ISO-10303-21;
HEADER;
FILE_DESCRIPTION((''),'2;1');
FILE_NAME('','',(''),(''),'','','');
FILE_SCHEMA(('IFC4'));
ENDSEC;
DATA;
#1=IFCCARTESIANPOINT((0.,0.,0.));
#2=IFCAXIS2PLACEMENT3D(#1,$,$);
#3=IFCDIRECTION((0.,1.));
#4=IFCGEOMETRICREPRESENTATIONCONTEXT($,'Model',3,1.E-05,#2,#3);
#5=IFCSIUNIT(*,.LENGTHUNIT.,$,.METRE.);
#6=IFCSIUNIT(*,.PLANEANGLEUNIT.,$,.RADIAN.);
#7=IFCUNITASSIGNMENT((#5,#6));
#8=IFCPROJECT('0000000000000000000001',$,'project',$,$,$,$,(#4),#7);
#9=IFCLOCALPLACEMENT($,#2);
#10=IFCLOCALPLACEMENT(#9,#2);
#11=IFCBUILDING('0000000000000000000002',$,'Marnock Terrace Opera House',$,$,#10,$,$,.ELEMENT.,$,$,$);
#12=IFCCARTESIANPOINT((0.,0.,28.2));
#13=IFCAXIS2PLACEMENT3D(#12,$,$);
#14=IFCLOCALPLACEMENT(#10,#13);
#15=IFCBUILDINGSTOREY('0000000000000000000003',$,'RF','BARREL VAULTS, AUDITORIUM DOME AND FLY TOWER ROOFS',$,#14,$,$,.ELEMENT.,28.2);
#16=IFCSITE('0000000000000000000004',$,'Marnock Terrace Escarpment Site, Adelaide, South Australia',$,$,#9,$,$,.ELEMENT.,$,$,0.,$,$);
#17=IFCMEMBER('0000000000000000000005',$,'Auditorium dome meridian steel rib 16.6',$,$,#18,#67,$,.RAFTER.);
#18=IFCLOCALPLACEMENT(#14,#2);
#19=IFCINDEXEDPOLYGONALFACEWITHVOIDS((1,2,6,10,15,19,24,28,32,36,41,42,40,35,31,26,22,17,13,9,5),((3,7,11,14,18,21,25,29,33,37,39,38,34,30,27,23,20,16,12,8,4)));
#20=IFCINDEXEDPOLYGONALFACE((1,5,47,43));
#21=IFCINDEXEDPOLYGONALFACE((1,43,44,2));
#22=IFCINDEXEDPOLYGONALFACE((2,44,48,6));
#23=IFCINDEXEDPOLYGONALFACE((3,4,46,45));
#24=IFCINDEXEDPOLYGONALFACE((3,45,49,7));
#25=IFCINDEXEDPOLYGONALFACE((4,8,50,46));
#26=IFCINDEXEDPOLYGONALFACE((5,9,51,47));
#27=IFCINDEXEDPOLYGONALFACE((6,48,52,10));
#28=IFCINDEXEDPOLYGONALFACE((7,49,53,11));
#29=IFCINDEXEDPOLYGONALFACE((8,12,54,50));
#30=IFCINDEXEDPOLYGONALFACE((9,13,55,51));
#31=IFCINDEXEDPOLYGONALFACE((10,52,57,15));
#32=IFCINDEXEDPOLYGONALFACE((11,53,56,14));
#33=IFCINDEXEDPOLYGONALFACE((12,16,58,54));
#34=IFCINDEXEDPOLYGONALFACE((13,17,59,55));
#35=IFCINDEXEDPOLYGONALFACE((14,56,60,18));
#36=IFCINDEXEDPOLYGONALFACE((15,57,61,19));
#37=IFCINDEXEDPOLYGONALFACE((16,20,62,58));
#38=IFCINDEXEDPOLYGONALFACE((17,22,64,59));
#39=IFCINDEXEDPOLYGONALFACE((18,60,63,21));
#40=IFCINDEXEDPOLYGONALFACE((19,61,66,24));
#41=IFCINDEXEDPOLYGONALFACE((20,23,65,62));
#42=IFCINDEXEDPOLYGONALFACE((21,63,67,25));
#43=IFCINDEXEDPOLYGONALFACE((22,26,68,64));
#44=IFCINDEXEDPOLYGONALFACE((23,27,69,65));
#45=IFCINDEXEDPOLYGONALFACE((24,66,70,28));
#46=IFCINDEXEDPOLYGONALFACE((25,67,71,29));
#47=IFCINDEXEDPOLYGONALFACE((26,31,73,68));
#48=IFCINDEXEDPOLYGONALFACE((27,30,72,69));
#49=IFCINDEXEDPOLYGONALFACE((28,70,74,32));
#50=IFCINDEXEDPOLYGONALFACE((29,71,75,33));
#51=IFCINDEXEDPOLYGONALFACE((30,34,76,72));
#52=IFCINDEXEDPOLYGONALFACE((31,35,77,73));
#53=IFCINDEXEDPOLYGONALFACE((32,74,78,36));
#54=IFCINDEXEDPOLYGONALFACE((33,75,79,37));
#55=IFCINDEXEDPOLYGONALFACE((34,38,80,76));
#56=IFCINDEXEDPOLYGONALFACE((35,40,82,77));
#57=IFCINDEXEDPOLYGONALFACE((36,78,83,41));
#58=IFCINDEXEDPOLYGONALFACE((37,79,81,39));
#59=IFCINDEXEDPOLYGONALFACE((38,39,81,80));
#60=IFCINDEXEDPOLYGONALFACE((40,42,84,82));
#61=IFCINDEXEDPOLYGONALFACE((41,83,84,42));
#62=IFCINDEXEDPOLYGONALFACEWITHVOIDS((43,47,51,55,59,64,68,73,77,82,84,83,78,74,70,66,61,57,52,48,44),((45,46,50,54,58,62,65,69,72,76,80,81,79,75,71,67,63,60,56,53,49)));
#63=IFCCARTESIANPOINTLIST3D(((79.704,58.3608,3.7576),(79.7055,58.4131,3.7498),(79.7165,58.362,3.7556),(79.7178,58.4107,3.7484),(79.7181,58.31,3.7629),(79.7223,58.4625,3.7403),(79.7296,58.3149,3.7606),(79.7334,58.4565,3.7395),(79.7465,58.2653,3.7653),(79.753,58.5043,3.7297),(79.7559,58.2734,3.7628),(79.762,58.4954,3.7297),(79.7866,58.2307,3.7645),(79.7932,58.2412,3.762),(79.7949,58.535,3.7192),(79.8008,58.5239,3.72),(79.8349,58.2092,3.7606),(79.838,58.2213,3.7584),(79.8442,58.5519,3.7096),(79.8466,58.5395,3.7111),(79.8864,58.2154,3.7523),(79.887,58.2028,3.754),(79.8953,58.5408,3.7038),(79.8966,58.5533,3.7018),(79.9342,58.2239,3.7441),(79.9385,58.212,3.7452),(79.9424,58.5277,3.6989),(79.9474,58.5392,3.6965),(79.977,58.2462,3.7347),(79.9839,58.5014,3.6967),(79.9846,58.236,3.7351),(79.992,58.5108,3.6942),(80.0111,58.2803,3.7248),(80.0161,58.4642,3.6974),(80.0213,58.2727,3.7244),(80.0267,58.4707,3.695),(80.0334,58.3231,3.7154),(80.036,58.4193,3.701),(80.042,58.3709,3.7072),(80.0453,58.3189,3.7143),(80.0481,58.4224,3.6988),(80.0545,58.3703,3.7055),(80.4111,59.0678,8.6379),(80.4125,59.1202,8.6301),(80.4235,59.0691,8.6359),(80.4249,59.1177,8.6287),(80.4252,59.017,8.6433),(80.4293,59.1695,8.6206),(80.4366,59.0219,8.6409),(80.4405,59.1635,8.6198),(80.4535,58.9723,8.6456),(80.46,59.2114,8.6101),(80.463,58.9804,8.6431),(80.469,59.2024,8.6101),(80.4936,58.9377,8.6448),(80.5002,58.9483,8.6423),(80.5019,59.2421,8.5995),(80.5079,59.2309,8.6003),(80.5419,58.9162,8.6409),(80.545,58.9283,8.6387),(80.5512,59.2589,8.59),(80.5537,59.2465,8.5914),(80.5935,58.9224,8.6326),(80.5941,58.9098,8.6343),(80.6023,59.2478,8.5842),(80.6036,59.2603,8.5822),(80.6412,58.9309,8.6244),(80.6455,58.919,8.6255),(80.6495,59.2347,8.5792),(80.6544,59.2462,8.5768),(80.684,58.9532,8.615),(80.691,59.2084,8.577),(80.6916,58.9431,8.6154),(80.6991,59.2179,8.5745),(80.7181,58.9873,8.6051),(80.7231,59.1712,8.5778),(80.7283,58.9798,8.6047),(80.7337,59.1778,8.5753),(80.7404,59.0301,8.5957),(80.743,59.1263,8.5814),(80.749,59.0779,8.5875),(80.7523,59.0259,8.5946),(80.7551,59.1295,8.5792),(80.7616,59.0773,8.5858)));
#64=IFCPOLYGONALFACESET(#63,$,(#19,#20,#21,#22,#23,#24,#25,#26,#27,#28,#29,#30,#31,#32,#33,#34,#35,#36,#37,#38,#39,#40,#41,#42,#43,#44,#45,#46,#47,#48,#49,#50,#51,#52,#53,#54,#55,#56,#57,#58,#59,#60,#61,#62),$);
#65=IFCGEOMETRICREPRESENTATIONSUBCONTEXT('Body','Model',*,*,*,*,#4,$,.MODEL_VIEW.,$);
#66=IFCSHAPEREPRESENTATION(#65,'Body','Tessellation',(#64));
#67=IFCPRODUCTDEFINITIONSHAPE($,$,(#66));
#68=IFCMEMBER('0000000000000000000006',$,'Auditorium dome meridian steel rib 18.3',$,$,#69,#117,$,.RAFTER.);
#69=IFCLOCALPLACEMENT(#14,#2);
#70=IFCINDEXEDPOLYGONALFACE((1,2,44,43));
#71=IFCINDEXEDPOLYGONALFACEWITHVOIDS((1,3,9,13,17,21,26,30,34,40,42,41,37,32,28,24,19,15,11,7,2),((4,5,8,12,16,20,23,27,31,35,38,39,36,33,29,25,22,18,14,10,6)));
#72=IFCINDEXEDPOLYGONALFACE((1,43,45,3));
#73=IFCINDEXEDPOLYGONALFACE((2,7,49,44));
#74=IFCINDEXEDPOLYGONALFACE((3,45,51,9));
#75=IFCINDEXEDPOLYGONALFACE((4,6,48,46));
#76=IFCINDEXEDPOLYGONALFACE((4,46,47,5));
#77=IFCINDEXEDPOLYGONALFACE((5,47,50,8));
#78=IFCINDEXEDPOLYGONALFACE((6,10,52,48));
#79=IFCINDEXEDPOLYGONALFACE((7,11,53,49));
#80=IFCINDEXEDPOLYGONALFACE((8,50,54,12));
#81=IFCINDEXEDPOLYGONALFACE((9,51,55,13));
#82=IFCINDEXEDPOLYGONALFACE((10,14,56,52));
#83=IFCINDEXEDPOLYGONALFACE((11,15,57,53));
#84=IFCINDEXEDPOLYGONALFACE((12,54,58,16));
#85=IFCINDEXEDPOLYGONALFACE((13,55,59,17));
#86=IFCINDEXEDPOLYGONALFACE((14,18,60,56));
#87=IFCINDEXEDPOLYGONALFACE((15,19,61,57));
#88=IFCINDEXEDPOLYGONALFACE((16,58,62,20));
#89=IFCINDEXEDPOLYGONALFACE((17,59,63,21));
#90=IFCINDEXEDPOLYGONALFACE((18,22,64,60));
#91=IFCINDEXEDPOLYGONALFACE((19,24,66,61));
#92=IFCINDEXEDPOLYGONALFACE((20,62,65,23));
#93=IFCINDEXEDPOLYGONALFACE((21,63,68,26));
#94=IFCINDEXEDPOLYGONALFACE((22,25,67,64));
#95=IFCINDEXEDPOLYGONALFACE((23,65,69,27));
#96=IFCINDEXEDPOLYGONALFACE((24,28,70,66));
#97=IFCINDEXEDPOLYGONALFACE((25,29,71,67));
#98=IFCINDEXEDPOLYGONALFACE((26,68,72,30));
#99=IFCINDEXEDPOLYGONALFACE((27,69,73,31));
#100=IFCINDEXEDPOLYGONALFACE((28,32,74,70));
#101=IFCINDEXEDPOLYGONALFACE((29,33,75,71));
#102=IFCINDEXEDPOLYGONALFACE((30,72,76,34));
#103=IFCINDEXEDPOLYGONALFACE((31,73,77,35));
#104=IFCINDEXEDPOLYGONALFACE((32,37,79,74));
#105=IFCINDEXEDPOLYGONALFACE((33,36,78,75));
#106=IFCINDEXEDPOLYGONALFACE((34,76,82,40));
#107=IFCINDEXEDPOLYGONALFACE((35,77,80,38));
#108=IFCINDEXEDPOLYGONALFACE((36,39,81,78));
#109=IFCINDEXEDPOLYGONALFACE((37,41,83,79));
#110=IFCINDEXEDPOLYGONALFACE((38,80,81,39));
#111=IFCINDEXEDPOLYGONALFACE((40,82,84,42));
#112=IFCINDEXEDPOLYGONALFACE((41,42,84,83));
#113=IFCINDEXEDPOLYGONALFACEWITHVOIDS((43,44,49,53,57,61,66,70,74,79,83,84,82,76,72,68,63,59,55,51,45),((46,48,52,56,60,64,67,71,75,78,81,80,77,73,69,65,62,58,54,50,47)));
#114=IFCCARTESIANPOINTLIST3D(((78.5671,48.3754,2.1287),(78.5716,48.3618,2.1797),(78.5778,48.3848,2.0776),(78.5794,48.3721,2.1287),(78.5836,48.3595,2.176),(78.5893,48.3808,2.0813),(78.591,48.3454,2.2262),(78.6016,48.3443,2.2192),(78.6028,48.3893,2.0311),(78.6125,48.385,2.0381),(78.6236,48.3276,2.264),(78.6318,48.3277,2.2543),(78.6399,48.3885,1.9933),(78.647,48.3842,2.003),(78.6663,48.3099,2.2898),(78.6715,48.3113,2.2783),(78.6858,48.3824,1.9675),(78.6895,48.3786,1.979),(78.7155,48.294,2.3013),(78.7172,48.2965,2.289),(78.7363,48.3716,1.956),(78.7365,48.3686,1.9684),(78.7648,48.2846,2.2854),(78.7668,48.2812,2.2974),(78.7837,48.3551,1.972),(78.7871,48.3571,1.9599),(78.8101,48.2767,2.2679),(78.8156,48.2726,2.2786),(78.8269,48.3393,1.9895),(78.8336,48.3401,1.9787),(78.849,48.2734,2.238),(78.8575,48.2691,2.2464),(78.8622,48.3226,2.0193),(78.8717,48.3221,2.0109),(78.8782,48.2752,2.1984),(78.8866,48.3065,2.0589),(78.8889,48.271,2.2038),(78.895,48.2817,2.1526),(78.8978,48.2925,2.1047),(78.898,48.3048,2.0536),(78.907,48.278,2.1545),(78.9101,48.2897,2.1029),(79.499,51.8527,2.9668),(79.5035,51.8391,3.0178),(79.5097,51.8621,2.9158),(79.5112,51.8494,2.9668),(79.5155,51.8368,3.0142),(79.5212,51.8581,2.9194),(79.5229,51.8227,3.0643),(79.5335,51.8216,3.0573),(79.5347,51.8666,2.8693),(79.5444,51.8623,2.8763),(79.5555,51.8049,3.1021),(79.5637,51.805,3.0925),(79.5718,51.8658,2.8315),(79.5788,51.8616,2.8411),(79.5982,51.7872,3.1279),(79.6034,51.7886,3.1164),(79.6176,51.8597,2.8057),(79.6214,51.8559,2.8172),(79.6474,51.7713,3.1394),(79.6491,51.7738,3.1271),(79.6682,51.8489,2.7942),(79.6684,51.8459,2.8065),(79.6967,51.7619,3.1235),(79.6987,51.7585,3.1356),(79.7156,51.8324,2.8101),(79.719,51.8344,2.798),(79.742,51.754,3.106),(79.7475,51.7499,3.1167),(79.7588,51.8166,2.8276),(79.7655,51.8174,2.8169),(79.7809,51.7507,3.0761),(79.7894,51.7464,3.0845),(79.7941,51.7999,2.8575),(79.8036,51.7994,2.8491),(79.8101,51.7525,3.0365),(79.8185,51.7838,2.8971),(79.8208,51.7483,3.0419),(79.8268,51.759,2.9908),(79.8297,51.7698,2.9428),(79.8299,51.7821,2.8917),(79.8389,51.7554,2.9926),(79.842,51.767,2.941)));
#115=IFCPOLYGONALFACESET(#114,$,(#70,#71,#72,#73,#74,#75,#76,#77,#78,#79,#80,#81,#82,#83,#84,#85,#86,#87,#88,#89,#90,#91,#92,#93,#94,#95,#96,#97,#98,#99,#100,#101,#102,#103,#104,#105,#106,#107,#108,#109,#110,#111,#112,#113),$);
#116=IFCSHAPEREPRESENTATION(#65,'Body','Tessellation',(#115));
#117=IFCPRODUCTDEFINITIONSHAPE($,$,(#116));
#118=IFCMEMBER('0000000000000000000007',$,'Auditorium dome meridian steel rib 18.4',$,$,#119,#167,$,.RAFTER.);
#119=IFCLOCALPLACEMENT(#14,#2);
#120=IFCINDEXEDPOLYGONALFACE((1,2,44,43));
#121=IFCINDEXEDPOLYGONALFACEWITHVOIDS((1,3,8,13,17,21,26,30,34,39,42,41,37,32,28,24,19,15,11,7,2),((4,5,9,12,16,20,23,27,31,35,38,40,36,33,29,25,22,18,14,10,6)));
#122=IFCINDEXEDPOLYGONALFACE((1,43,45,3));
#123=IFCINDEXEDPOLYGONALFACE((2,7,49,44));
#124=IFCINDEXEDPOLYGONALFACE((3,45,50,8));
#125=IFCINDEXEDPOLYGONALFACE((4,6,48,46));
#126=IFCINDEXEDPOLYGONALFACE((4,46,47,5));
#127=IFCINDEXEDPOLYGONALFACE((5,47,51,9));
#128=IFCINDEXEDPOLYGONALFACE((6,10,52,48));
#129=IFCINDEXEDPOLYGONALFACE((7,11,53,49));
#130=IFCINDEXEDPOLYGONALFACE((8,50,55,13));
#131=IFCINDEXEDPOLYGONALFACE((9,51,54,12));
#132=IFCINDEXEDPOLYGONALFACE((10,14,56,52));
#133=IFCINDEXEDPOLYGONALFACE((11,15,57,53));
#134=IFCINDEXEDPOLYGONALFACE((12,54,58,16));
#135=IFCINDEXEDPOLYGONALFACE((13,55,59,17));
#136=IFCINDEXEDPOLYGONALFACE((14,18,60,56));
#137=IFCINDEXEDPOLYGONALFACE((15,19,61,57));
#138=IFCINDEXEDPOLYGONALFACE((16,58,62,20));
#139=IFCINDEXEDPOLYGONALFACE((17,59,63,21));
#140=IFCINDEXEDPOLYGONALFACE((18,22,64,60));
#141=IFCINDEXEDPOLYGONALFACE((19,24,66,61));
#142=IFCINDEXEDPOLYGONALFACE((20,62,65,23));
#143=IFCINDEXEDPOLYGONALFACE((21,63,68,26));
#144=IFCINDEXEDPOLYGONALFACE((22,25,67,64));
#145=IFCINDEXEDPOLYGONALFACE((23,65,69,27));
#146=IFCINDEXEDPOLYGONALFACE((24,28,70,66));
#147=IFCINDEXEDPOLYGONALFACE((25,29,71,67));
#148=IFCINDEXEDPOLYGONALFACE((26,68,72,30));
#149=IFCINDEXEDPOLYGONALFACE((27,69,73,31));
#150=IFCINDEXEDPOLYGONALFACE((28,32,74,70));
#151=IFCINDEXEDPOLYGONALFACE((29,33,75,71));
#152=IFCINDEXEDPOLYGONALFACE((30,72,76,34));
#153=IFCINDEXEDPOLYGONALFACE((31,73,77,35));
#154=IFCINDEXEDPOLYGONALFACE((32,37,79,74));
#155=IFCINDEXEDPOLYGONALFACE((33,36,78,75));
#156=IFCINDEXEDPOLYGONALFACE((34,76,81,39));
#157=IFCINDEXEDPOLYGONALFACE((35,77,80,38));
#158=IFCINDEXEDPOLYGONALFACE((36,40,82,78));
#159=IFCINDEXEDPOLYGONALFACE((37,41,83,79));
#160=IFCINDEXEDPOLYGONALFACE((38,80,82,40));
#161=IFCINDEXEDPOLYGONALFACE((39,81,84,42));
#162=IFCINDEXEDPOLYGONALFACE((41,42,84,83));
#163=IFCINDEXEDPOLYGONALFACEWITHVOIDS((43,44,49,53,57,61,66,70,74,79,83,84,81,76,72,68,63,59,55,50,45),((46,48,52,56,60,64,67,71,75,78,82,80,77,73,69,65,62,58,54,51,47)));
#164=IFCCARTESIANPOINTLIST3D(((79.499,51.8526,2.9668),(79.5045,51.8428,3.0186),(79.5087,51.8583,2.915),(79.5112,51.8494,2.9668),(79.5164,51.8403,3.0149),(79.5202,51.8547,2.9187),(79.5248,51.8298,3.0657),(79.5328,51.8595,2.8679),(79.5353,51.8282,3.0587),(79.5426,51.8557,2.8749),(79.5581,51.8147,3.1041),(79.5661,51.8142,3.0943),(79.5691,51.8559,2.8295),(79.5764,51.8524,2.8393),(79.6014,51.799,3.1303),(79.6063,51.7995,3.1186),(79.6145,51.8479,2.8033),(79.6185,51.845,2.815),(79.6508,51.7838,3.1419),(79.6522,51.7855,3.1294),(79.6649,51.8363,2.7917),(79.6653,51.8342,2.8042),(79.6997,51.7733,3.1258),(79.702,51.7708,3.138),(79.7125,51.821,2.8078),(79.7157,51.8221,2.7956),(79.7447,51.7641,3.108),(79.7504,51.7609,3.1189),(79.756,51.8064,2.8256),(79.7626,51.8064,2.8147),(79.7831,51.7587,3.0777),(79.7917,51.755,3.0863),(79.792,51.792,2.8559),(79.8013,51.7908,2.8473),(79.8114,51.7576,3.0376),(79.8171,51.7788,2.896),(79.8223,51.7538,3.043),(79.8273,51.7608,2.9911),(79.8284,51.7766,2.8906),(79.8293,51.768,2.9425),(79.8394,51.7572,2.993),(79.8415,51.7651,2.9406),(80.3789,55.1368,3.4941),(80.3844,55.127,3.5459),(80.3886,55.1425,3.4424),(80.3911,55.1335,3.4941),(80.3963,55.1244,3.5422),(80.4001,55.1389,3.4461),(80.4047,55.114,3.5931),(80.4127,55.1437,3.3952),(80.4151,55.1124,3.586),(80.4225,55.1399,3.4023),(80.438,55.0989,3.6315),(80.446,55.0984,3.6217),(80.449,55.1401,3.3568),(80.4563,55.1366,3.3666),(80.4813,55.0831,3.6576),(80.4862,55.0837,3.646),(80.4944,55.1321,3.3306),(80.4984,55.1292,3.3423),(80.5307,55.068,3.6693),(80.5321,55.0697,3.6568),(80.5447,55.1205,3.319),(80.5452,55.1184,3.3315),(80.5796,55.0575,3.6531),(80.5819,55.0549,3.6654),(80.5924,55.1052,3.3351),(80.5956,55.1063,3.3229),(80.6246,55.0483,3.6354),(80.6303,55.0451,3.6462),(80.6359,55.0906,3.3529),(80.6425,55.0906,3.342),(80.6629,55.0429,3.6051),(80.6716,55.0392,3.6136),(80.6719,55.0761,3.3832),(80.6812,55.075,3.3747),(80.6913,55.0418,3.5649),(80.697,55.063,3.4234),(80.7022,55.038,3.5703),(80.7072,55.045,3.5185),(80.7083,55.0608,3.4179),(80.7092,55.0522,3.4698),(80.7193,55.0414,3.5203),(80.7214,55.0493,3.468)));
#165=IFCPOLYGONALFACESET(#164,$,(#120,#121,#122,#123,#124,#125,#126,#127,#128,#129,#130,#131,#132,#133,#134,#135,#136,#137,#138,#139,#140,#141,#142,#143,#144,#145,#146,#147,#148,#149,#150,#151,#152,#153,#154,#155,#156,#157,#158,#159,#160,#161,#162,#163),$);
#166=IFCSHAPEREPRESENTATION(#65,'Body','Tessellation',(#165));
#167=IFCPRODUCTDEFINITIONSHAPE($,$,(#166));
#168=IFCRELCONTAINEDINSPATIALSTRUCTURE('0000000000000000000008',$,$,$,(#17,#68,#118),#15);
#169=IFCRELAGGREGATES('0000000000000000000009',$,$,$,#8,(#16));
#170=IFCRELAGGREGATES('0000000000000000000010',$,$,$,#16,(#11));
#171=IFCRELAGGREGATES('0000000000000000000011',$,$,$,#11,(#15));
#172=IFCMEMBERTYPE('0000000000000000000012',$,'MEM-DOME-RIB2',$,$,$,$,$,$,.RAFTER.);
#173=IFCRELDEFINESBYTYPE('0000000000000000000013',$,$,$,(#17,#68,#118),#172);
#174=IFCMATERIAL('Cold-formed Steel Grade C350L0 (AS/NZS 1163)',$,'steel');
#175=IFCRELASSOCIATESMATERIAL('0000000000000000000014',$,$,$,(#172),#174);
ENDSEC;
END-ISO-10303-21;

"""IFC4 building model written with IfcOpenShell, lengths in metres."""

from ifc_helpers import new_model, si_unit, direction, frame, origin, origin_2d, place, context, subcontext, project, spatial, hollow_circle, extrude, material, material_profile, profile_set, type_object, element, save


model = new_model("IFC4")

# Units and contexts
model_context = context("Model", 3, precision=1e-05, world=origin(), true_north=direction((0.0, 1.0)))
body_context = subcontext(model_context, "Body", "Model", "MODEL_VIEW")
ifc_project = project(units=[si_unit("LENGTHUNIT", "METRE"), si_unit("PLANEANGLEUNIT", "RADIAN")], contexts=[model_context])

# Site, building, storey
site_placement = place(None, origin())
site = spatial("IfcSite", under=ifc_project, at=site_placement, Name="Marnock Terrace Escarpment Site, Adelaide, South Australia", CompositionType="ELEMENT", RefElevation=0.0)
building_placement = place(site_placement, origin())
building = spatial("IfcBuilding", under=site, at=building_placement, Name="Marnock Terrace Opera House", CompositionType="ELEMENT")
storey_placement = place(building_placement, frame((0.0, 0.0, 28.2)))
storey = spatial("IfcBuildingStorey", under=building, at=storey_placement, Name="RF", Description="BARREL VAULTS, AUDITORIUM DOME AND FLY TOWER ROOFS", CompositionType="ELEMENT", Elevation=28.2)

# Members
ifc_material_1 = material(Name="Cold-formed Steel Grade C350L0 (AS/NZS 1163)", Category="steel")
ifc_material_profile_1 = material_profile(ifc_material_1, hollow_circle(Radius=0.1777, WallThickness=0.0127, at=origin_2d()))
ifc_profile_set_1 = profile_set([ifc_material_profile_1], Name="Cold-formed Steel Grade C350L0 (AS/NZS 1163)")
member_type_1 = type_object("IfcMemberType", Name="MEM-DOME-RIB2", PredefinedType="RAFTER", material=ifc_profile_set_1)
member_1_placement = place(storey_placement, frame((79.8787, 58.3787, 3.7297), z_axis=(0.141924, 0.141924, 0.97965), x_axis=(-0.707107, 0.707107, 0.0)))
element("IfcMember", 1, at=member_1_placement, inside=storey, type_object=member_type_1, Name="Auditorium dome meridian steel rib 16.6", PredefinedType="RAFTER", context=body_context, shape_type="SweptSolid", body=[
    extrude(hollow_circle(Radius=0.1777, WallThickness=0.0127, at=origin_2d()), origin(), (0.0, 0.0, 1.0), 4.9817),
])
member_2_placement = place(storey_placement, frame((78.7388, 48.3293, 2.1287), z_axis=(0.252114, 0.940756, 0.226751), x_axis=(-0.965916, 0.258857, 0.0)))
element("IfcMember", 2, at=member_2_placement, inside=storey, type_object=member_type_1, Name="Auditorium dome meridian steel rib 18.3", PredefinedType="RAFTER", context=body_context, shape_type="SweptSolid", body=[
    extrude(hollow_circle(Radius=0.1777, WallThickness=0.0127, at=origin_2d()), origin(), (0.0, 0.0, 1.0), 3.6963),
])
member_3_placement = place(storey_placement, frame((79.6707, 51.8066, 2.9668), z_axis=(0.255731, 0.954521, 0.153268), x_axis=(-0.965934, 0.258789, 0.0)))
element("IfcMember", 3, at=member_3_placement, inside=storey, type_object=member_type_1, Name="Auditorium dome meridian steel rib 18.4", PredefinedType="RAFTER", context=body_context, shape_type="SweptSolid", body=[
    extrude(hollow_circle(Radius=0.1777, WallThickness=0.0127, at=origin_2d()), origin(), (0.0, 0.0, 1.0), 3.4407),
])

save(model, "model.ifc")
